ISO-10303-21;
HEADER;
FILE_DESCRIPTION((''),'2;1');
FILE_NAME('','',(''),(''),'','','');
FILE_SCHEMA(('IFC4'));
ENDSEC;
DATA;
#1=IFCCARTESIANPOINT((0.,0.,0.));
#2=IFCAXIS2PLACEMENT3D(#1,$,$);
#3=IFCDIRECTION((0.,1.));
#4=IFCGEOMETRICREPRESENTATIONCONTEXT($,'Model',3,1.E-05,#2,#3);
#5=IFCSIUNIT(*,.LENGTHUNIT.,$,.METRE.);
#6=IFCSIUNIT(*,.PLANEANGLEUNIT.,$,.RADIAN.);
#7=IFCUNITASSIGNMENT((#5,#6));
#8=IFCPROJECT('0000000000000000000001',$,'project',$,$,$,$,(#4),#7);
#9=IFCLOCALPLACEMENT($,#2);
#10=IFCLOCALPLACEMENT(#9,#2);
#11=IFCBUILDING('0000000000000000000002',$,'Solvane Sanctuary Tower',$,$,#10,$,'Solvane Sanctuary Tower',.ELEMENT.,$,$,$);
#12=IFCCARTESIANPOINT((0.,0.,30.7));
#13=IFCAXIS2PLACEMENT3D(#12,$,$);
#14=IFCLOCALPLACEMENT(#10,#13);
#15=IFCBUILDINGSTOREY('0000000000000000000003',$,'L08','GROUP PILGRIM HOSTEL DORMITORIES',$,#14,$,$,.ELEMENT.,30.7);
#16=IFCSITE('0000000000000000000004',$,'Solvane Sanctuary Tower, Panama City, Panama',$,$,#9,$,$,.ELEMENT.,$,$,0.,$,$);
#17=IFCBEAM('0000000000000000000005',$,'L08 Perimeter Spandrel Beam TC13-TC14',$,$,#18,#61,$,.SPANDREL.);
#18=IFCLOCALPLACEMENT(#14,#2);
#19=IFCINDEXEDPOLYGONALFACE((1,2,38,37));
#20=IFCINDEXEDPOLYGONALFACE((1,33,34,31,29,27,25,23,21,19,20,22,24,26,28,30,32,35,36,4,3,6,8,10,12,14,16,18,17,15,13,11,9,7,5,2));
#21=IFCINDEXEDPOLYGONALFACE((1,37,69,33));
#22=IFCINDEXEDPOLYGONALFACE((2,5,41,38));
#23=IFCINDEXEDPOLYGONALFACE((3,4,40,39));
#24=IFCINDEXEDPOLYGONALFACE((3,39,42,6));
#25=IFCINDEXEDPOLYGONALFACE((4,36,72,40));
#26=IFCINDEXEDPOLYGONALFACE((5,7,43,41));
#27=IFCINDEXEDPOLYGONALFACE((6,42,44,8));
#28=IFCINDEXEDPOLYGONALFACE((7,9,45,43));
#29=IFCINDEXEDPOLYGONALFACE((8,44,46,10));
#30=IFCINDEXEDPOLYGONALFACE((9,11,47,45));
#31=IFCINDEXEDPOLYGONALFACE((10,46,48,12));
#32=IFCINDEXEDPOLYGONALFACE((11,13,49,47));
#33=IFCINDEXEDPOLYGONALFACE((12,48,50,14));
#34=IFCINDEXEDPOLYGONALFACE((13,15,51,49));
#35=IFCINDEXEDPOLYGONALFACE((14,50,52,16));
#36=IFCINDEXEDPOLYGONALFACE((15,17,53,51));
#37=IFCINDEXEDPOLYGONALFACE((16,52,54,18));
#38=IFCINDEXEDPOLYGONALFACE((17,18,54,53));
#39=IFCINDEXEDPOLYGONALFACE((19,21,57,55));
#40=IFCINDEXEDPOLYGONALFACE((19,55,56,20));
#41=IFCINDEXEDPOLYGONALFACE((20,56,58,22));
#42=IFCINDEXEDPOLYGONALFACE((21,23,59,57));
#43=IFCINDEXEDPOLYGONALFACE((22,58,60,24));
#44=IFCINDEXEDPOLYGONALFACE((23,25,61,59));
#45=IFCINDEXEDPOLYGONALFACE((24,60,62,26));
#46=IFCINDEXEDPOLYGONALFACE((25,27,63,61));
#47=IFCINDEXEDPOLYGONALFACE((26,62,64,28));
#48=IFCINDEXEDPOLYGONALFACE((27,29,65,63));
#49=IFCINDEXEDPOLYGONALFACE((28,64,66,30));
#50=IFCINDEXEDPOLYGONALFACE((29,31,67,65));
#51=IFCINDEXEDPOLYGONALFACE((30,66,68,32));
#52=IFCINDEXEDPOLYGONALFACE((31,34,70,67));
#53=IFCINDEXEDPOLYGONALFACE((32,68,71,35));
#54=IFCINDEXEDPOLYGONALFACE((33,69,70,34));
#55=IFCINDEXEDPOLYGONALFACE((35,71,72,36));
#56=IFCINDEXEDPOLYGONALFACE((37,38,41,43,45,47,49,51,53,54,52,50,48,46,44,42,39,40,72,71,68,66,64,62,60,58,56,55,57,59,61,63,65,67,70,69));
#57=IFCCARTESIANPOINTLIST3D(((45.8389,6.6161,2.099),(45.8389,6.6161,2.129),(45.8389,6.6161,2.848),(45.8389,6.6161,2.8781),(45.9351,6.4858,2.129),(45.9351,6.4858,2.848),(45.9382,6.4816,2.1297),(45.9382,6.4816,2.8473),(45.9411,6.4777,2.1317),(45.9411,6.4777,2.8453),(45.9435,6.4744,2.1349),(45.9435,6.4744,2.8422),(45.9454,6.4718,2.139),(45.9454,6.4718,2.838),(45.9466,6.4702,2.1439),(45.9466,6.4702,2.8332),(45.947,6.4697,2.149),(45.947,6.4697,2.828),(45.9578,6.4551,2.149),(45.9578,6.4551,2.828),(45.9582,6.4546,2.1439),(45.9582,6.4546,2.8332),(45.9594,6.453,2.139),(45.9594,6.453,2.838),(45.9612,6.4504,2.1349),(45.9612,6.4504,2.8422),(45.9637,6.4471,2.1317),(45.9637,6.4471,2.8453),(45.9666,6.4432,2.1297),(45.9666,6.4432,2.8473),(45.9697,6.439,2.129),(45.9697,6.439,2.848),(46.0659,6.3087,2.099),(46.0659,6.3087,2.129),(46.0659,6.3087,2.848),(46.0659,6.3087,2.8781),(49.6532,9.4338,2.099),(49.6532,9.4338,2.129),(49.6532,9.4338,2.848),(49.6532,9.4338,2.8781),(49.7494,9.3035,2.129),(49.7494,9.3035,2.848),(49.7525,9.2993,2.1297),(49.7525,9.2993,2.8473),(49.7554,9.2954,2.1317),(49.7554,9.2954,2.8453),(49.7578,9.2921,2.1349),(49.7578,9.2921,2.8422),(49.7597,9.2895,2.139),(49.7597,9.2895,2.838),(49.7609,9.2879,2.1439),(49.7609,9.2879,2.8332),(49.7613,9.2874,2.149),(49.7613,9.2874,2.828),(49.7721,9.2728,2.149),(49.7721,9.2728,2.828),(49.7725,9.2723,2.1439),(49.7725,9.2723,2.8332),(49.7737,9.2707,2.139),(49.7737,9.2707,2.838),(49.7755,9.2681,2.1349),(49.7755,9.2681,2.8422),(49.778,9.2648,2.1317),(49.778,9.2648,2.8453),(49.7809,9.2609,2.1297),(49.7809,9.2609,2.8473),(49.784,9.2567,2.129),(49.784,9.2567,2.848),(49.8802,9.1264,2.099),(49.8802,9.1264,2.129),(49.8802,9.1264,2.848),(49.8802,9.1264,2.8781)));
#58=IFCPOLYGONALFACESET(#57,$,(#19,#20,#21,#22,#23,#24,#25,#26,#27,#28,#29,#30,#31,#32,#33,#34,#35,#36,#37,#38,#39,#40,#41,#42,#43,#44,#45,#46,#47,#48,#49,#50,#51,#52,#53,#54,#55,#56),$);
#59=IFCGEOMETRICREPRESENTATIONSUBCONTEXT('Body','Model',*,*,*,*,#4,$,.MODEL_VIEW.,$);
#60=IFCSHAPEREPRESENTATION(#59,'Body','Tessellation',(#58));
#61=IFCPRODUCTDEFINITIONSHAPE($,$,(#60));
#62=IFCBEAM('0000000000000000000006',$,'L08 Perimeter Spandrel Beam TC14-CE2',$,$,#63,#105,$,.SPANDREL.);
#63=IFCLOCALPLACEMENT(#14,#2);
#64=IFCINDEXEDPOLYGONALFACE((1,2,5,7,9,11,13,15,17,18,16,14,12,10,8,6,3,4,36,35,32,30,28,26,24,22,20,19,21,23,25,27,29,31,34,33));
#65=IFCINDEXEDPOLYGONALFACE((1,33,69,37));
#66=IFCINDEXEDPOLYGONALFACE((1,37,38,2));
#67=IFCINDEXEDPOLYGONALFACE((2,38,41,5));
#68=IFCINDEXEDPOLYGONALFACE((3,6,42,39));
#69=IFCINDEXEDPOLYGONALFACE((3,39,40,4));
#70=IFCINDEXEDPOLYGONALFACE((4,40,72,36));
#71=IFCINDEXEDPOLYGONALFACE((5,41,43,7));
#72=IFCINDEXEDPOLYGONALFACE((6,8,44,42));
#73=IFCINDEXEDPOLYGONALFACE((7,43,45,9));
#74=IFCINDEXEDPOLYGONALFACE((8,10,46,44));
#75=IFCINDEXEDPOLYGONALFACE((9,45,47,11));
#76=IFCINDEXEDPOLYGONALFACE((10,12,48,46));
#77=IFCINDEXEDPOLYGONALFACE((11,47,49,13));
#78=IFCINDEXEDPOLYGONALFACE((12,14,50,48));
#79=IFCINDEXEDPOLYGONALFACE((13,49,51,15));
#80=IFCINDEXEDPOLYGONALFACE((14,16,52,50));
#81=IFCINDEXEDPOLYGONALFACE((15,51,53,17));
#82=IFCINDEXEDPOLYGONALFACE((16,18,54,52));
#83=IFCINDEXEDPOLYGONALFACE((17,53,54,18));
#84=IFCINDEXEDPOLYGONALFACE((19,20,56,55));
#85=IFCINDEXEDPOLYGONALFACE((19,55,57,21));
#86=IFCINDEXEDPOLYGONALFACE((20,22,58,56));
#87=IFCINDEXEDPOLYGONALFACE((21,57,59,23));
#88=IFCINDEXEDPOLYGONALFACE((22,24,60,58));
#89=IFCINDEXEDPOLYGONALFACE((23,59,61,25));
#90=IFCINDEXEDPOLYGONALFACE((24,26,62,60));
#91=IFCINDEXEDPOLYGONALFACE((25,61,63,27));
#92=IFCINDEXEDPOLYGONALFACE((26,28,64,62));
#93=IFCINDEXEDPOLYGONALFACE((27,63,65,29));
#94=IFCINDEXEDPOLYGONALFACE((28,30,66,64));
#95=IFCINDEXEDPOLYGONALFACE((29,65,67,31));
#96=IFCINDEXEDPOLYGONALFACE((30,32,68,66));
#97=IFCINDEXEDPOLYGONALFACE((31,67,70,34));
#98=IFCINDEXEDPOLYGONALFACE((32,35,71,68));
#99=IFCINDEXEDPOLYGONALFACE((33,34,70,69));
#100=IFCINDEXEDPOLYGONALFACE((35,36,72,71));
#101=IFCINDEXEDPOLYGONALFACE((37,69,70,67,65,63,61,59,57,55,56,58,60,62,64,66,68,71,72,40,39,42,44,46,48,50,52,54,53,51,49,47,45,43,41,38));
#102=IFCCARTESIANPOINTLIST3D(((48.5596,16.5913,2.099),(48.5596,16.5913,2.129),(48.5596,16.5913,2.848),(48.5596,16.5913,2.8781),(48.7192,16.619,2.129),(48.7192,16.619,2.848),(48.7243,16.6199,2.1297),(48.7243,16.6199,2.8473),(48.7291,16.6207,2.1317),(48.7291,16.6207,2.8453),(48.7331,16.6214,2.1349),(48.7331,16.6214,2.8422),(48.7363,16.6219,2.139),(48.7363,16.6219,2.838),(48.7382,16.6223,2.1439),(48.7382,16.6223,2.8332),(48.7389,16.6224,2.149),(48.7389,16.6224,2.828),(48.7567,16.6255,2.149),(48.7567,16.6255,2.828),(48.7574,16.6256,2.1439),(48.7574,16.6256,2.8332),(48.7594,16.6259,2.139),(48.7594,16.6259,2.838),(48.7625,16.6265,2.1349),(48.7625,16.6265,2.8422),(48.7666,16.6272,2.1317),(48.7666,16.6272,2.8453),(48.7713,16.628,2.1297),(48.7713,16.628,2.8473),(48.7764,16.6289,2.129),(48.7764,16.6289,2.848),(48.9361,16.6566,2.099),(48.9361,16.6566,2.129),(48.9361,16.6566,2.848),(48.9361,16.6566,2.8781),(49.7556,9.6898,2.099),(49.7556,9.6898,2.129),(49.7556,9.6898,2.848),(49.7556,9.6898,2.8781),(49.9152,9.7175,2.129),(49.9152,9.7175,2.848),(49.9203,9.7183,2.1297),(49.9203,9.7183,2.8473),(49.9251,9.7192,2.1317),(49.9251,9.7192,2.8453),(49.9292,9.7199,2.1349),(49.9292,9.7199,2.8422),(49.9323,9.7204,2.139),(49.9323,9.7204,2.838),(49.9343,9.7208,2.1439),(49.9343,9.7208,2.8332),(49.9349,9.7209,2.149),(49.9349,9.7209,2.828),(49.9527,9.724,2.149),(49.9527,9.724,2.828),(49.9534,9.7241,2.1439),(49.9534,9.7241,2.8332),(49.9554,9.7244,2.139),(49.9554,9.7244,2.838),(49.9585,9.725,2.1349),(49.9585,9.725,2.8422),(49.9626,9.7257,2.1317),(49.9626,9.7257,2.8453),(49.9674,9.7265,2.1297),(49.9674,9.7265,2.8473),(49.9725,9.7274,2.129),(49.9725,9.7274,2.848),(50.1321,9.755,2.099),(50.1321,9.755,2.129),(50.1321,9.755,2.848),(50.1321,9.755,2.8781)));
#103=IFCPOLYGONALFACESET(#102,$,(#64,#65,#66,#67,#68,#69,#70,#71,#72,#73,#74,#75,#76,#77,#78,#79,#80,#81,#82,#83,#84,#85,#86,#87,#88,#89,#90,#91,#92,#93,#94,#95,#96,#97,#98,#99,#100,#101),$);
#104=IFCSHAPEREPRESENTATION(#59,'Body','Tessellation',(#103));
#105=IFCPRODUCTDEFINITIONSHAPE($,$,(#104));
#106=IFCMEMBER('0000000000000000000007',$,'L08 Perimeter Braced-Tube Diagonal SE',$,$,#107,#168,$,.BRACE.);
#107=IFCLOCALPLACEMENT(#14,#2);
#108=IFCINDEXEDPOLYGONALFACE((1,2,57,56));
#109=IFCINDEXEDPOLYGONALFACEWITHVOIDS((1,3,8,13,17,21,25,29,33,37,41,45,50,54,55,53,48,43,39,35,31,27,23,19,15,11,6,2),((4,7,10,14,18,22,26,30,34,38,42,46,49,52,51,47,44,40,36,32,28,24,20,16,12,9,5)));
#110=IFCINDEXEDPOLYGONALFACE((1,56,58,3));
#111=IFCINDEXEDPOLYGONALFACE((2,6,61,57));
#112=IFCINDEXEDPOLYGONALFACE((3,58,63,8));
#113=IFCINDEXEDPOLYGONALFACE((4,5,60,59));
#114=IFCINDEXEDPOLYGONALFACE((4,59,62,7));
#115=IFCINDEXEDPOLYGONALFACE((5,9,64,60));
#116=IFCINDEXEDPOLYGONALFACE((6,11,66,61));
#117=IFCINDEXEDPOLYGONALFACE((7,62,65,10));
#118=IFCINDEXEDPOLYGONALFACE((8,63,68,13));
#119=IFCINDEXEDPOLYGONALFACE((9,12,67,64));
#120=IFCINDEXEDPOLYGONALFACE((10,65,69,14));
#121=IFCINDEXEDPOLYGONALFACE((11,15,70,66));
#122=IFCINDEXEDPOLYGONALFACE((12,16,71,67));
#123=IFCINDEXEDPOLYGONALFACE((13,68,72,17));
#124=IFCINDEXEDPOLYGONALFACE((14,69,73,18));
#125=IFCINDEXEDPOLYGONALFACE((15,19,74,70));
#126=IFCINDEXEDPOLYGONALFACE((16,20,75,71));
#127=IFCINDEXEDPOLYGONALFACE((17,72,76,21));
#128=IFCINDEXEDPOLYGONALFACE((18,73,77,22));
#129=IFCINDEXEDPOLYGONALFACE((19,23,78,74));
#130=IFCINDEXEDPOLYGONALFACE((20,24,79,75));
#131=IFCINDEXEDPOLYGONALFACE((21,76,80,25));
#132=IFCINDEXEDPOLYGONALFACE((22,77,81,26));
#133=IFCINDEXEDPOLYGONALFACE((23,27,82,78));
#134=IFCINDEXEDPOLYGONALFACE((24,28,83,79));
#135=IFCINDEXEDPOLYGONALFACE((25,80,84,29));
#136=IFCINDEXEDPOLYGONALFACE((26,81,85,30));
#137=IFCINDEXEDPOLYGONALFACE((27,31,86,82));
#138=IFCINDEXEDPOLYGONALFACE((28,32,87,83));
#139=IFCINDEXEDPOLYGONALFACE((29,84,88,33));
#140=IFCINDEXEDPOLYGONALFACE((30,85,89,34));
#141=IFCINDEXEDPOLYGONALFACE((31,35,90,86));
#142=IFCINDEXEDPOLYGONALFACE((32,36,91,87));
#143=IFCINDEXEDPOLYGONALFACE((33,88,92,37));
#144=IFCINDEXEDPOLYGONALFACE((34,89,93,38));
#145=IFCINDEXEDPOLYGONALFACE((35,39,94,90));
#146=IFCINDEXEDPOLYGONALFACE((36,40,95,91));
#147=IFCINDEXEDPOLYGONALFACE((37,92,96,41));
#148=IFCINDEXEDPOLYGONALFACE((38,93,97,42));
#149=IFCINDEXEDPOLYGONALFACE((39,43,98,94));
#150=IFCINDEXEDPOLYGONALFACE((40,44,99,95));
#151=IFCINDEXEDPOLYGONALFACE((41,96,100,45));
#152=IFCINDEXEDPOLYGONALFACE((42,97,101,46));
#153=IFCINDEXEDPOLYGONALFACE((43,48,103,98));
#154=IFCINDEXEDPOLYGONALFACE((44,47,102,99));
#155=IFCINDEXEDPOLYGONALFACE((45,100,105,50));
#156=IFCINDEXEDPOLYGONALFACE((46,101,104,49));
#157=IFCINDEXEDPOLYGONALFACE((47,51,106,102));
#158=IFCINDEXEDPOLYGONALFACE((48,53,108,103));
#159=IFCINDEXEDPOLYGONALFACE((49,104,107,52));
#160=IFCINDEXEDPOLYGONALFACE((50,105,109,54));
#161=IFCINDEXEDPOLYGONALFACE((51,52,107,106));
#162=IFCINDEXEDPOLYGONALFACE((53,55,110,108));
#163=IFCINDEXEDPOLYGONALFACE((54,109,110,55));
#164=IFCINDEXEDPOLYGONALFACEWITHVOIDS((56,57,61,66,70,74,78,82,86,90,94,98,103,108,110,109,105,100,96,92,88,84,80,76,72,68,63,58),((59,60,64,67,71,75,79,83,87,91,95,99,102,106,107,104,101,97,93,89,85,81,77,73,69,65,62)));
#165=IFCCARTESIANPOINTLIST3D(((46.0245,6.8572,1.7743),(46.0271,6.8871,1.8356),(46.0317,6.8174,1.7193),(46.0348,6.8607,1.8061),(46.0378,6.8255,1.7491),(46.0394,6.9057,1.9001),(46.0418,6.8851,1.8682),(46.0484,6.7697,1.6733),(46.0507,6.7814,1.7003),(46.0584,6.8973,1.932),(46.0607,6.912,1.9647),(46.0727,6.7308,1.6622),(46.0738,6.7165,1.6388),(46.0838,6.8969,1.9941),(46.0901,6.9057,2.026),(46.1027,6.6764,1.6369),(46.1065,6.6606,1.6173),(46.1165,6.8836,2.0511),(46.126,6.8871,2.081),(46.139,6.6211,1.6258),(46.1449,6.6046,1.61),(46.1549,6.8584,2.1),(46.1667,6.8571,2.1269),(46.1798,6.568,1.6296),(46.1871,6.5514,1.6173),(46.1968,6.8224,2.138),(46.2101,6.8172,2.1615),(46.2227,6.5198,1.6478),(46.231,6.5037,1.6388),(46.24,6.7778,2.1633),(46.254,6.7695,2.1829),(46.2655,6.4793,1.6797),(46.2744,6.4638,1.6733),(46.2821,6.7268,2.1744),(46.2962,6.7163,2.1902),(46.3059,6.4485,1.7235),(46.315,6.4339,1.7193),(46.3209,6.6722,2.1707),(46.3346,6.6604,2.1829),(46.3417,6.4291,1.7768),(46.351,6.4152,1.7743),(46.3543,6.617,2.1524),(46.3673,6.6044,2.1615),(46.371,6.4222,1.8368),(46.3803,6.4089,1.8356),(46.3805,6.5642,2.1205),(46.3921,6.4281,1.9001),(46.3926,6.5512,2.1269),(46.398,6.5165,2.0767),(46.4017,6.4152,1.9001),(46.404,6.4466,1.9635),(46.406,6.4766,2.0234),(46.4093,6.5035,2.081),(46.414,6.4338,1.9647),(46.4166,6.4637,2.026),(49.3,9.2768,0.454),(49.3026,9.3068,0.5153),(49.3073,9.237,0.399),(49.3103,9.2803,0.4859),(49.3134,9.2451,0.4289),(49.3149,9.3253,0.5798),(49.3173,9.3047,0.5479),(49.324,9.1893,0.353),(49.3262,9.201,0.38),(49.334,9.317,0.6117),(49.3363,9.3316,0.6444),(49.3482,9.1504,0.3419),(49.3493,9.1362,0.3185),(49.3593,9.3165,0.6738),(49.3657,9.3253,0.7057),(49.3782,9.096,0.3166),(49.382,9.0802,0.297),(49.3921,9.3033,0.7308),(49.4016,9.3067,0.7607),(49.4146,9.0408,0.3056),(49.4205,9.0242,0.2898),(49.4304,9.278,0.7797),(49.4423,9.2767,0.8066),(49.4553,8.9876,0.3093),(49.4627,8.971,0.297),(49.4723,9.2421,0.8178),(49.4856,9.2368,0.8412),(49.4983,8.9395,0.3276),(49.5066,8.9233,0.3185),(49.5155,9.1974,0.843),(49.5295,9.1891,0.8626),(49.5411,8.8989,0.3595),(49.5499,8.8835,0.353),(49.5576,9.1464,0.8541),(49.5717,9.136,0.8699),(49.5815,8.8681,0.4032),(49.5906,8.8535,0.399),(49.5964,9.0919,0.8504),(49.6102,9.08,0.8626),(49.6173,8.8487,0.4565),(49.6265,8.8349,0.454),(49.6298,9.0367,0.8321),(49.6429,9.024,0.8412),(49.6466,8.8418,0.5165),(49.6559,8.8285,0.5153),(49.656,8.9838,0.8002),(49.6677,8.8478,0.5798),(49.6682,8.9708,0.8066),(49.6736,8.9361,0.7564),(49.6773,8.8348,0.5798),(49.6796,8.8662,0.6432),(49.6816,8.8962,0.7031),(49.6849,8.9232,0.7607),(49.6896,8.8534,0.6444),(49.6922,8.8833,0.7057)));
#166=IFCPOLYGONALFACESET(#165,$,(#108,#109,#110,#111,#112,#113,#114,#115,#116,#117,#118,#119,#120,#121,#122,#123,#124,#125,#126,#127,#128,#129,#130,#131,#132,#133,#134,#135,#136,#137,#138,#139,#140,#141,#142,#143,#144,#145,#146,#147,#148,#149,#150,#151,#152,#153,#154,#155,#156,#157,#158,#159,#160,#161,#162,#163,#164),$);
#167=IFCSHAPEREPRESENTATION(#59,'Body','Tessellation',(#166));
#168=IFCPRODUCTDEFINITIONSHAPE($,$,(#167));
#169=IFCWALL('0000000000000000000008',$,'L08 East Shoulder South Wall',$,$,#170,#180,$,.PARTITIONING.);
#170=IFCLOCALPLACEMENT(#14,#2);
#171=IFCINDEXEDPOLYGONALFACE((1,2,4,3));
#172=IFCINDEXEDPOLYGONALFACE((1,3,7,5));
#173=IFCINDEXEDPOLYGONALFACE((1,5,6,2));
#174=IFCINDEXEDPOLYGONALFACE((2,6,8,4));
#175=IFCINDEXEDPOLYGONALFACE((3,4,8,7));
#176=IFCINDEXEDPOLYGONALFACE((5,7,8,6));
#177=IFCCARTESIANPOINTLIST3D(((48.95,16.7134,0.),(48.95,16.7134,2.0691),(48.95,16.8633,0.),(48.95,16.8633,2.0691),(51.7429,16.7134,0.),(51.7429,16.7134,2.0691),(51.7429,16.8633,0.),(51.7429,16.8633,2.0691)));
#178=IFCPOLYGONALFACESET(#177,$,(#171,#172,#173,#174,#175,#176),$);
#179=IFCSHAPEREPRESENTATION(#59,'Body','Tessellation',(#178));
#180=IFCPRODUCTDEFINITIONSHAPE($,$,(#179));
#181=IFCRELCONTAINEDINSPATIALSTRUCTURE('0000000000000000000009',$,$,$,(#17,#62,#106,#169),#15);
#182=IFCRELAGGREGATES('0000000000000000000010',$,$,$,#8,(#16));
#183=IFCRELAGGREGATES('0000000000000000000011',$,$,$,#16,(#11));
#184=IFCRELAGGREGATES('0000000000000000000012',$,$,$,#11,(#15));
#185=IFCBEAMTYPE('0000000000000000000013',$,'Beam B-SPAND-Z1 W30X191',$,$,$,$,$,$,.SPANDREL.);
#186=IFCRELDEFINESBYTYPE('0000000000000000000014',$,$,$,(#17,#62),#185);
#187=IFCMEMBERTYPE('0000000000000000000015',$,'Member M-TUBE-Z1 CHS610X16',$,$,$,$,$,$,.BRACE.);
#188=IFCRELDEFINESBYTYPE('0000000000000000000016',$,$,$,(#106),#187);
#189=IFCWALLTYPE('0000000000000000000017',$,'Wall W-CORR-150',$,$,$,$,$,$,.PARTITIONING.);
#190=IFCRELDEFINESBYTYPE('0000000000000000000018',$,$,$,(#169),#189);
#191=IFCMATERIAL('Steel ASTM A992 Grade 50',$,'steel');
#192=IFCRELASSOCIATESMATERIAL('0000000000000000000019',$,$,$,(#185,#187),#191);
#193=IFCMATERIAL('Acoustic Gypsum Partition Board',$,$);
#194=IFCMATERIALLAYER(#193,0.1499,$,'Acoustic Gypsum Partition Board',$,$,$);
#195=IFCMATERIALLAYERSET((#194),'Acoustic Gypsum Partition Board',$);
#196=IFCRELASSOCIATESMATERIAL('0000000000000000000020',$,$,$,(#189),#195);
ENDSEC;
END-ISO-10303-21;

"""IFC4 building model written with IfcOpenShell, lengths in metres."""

from ifc_helpers import new_model, si_unit, direction, frame, frame_2d, origin, origin_2d, place, context, subcontext, project, spatial, rectangle, hollow_circle, i_section, extrude, material, layer, layer_set, material_profile, profile_set, type_object, element, save


model = new_model("IFC4")

# Units and contexts
model_context = context("Model", 3, precision=1e-05, world=origin(), true_north=direction((0.0, 1.0)))
body_context = subcontext(model_context, "Body", "Model", "MODEL_VIEW")
ifc_project = project(units=[si_unit("LENGTHUNIT", "METRE"), si_unit("PLANEANGLEUNIT", "RADIAN")], contexts=[model_context])

# Site, building, storey
site_placement = place(None, origin())
site = spatial("IfcSite", under=ifc_project, at=site_placement, Name="Solvane Sanctuary Tower, Panama City, Panama", CompositionType="ELEMENT", RefElevation=0.0)
building_placement = place(site_placement, origin())
building = spatial("IfcBuilding", under=site, at=building_placement, Name="Solvane Sanctuary Tower", LongName="Solvane Sanctuary Tower", CompositionType="ELEMENT")
storey_placement = place(building_placement, frame((0.0, 0.0, 30.7)))
storey = spatial("IfcBuildingStorey", under=building, at=storey_placement, Name="L08", Description="GROUP PILGRIM HOSTEL DORMITORIES", CompositionType="ELEMENT", Elevation=30.7)

# Beams
ifc_material_1 = material(Name="Steel ASTM A992 Grade 50", Category="steel")
ifc_material_profile_1 = material_profile(ifc_material_1, i_section(OverallWidth=0.3821, OverallDepth=0.7791, WebThickness=0.0181, FlangeThickness=0.03, FilletRadius=0.02, at=origin_2d()), Name="W30X191")
ifc_profile_set_1 = profile_set([ifc_material_profile_1], Name="Steel ASTM A992 Grade 50")
beam_type_1 = type_object("IfcBeamType", Name="Beam B-SPAND-Z1 W30X191", PredefinedType="SPANDREL", material=ifc_profile_set_1)
beam_1_placement = place(storey_placement, frame((45.9524, 6.4624, 2.4885), z_axis=(0.804334, 0.594177, 0.0), x_axis=(-0.594177, 0.804334, 0.0)))
element("IfcBeam", 1, at=beam_1_placement, inside=storey, type_object=beam_type_1, Name="L08 Perimeter Spandrel Beam TC13-TC14", PredefinedType="SPANDREL", context=body_context, shape_type="SweptSolid", body=[
    extrude(i_section(OverallWidth=0.3821, OverallDepth=0.7791, WebThickness=0.0181, FlangeThickness=0.03, FilletRadius=0.02, at=origin_2d()), origin(), (0.0, 0.0, 1.0), 4.7422),
])
beam_2_placement = place(storey_placement, frame((49.9438, 9.7224, 2.4885), z_axis=(-0.170754, 0.985314, 0.0), x_axis=(-0.985314, -0.170754, 0.0)))
element("IfcBeam", 2, at=beam_2_placement, inside=storey, type_object=beam_type_1, Name="L08 Perimeter Spandrel Beam TC14-CE2", PredefinedType="SPANDREL", context=body_context, shape_type="SweptSolid", body=[
    extrude(i_section(OverallWidth=0.3821, OverallDepth=0.7791, WebThickness=0.0181, FlangeThickness=0.03, FilletRadius=0.02, at=origin_2d()), origin(), (0.0, 0.0, 1.0), 7.0044),
])

# Member
ifc_material_profile_2 = material_profile(ifc_material_1, hollow_circle(Radius=0.3049, WallThickness=0.0161, at=origin_2d()), Name="CHS610X16")
ifc_profile_set_2 = profile_set([ifc_material_profile_2], Name="Steel ASTM A992 Grade 50")
member_type = type_object("IfcMemberType", Name="Member M-TUBE-Z1 CHS610X16", PredefinedType="BRACE", material=ifc_profile_set_2)
member_placement = place(storey_placement, frame((49.4961, 9.0801, 0.5798), z_axis=(-0.765138, -0.5652, 0.308405), x_axis=(0.594162, -0.804346, 0.0)))
element("IfcMember", 3, at=member_placement, inside=storey, type_object=member_type, Name="L08 Perimeter Braced-Tube Diagonal SE", PredefinedType="BRACE", context=body_context, shape_type="SweptSolid", body=[
    extrude(hollow_circle(Radius=0.3049, WallThickness=0.0161, at=origin_2d()), origin(), (0.0, 0.0, 1.0), 4.281),
])

# Wall
ifc_material_2 = material(Name="Acoustic Gypsum Partition Board")
ifc_layer_1 = layer(ifc_material_2, 0.1499, Name="Acoustic Gypsum Partition Board")
ifc_layer_set_1 = layer_set([ifc_layer_1], Name="Acoustic Gypsum Partition Board")
wall_type_1 = type_object("IfcWallType", Name="Wall W-CORR-150", PredefinedType="PARTITIONING", material=ifc_layer_set_1)
wall_1_placement = place(storey_placement, frame((48.95, 16.7883, 0.0), z_axis=(0.0, 0.0, 1.0), x_axis=(1.0, 0.0, 0.0)))
element("IfcWall", 4, at=wall_1_placement, inside=storey, type_object=wall_type_1, Name="L08 East Shoulder South Wall", PredefinedType="PARTITIONING", context=body_context, shape_type="SweptSolid", body=[
    extrude(rectangle(XDim=2.793, YDim=0.1499, at=frame_2d((1.3965, 0.0))), origin(), (0.0, 0.0, 1.0), 2.0691),
])

save(model, "model.ifc")
